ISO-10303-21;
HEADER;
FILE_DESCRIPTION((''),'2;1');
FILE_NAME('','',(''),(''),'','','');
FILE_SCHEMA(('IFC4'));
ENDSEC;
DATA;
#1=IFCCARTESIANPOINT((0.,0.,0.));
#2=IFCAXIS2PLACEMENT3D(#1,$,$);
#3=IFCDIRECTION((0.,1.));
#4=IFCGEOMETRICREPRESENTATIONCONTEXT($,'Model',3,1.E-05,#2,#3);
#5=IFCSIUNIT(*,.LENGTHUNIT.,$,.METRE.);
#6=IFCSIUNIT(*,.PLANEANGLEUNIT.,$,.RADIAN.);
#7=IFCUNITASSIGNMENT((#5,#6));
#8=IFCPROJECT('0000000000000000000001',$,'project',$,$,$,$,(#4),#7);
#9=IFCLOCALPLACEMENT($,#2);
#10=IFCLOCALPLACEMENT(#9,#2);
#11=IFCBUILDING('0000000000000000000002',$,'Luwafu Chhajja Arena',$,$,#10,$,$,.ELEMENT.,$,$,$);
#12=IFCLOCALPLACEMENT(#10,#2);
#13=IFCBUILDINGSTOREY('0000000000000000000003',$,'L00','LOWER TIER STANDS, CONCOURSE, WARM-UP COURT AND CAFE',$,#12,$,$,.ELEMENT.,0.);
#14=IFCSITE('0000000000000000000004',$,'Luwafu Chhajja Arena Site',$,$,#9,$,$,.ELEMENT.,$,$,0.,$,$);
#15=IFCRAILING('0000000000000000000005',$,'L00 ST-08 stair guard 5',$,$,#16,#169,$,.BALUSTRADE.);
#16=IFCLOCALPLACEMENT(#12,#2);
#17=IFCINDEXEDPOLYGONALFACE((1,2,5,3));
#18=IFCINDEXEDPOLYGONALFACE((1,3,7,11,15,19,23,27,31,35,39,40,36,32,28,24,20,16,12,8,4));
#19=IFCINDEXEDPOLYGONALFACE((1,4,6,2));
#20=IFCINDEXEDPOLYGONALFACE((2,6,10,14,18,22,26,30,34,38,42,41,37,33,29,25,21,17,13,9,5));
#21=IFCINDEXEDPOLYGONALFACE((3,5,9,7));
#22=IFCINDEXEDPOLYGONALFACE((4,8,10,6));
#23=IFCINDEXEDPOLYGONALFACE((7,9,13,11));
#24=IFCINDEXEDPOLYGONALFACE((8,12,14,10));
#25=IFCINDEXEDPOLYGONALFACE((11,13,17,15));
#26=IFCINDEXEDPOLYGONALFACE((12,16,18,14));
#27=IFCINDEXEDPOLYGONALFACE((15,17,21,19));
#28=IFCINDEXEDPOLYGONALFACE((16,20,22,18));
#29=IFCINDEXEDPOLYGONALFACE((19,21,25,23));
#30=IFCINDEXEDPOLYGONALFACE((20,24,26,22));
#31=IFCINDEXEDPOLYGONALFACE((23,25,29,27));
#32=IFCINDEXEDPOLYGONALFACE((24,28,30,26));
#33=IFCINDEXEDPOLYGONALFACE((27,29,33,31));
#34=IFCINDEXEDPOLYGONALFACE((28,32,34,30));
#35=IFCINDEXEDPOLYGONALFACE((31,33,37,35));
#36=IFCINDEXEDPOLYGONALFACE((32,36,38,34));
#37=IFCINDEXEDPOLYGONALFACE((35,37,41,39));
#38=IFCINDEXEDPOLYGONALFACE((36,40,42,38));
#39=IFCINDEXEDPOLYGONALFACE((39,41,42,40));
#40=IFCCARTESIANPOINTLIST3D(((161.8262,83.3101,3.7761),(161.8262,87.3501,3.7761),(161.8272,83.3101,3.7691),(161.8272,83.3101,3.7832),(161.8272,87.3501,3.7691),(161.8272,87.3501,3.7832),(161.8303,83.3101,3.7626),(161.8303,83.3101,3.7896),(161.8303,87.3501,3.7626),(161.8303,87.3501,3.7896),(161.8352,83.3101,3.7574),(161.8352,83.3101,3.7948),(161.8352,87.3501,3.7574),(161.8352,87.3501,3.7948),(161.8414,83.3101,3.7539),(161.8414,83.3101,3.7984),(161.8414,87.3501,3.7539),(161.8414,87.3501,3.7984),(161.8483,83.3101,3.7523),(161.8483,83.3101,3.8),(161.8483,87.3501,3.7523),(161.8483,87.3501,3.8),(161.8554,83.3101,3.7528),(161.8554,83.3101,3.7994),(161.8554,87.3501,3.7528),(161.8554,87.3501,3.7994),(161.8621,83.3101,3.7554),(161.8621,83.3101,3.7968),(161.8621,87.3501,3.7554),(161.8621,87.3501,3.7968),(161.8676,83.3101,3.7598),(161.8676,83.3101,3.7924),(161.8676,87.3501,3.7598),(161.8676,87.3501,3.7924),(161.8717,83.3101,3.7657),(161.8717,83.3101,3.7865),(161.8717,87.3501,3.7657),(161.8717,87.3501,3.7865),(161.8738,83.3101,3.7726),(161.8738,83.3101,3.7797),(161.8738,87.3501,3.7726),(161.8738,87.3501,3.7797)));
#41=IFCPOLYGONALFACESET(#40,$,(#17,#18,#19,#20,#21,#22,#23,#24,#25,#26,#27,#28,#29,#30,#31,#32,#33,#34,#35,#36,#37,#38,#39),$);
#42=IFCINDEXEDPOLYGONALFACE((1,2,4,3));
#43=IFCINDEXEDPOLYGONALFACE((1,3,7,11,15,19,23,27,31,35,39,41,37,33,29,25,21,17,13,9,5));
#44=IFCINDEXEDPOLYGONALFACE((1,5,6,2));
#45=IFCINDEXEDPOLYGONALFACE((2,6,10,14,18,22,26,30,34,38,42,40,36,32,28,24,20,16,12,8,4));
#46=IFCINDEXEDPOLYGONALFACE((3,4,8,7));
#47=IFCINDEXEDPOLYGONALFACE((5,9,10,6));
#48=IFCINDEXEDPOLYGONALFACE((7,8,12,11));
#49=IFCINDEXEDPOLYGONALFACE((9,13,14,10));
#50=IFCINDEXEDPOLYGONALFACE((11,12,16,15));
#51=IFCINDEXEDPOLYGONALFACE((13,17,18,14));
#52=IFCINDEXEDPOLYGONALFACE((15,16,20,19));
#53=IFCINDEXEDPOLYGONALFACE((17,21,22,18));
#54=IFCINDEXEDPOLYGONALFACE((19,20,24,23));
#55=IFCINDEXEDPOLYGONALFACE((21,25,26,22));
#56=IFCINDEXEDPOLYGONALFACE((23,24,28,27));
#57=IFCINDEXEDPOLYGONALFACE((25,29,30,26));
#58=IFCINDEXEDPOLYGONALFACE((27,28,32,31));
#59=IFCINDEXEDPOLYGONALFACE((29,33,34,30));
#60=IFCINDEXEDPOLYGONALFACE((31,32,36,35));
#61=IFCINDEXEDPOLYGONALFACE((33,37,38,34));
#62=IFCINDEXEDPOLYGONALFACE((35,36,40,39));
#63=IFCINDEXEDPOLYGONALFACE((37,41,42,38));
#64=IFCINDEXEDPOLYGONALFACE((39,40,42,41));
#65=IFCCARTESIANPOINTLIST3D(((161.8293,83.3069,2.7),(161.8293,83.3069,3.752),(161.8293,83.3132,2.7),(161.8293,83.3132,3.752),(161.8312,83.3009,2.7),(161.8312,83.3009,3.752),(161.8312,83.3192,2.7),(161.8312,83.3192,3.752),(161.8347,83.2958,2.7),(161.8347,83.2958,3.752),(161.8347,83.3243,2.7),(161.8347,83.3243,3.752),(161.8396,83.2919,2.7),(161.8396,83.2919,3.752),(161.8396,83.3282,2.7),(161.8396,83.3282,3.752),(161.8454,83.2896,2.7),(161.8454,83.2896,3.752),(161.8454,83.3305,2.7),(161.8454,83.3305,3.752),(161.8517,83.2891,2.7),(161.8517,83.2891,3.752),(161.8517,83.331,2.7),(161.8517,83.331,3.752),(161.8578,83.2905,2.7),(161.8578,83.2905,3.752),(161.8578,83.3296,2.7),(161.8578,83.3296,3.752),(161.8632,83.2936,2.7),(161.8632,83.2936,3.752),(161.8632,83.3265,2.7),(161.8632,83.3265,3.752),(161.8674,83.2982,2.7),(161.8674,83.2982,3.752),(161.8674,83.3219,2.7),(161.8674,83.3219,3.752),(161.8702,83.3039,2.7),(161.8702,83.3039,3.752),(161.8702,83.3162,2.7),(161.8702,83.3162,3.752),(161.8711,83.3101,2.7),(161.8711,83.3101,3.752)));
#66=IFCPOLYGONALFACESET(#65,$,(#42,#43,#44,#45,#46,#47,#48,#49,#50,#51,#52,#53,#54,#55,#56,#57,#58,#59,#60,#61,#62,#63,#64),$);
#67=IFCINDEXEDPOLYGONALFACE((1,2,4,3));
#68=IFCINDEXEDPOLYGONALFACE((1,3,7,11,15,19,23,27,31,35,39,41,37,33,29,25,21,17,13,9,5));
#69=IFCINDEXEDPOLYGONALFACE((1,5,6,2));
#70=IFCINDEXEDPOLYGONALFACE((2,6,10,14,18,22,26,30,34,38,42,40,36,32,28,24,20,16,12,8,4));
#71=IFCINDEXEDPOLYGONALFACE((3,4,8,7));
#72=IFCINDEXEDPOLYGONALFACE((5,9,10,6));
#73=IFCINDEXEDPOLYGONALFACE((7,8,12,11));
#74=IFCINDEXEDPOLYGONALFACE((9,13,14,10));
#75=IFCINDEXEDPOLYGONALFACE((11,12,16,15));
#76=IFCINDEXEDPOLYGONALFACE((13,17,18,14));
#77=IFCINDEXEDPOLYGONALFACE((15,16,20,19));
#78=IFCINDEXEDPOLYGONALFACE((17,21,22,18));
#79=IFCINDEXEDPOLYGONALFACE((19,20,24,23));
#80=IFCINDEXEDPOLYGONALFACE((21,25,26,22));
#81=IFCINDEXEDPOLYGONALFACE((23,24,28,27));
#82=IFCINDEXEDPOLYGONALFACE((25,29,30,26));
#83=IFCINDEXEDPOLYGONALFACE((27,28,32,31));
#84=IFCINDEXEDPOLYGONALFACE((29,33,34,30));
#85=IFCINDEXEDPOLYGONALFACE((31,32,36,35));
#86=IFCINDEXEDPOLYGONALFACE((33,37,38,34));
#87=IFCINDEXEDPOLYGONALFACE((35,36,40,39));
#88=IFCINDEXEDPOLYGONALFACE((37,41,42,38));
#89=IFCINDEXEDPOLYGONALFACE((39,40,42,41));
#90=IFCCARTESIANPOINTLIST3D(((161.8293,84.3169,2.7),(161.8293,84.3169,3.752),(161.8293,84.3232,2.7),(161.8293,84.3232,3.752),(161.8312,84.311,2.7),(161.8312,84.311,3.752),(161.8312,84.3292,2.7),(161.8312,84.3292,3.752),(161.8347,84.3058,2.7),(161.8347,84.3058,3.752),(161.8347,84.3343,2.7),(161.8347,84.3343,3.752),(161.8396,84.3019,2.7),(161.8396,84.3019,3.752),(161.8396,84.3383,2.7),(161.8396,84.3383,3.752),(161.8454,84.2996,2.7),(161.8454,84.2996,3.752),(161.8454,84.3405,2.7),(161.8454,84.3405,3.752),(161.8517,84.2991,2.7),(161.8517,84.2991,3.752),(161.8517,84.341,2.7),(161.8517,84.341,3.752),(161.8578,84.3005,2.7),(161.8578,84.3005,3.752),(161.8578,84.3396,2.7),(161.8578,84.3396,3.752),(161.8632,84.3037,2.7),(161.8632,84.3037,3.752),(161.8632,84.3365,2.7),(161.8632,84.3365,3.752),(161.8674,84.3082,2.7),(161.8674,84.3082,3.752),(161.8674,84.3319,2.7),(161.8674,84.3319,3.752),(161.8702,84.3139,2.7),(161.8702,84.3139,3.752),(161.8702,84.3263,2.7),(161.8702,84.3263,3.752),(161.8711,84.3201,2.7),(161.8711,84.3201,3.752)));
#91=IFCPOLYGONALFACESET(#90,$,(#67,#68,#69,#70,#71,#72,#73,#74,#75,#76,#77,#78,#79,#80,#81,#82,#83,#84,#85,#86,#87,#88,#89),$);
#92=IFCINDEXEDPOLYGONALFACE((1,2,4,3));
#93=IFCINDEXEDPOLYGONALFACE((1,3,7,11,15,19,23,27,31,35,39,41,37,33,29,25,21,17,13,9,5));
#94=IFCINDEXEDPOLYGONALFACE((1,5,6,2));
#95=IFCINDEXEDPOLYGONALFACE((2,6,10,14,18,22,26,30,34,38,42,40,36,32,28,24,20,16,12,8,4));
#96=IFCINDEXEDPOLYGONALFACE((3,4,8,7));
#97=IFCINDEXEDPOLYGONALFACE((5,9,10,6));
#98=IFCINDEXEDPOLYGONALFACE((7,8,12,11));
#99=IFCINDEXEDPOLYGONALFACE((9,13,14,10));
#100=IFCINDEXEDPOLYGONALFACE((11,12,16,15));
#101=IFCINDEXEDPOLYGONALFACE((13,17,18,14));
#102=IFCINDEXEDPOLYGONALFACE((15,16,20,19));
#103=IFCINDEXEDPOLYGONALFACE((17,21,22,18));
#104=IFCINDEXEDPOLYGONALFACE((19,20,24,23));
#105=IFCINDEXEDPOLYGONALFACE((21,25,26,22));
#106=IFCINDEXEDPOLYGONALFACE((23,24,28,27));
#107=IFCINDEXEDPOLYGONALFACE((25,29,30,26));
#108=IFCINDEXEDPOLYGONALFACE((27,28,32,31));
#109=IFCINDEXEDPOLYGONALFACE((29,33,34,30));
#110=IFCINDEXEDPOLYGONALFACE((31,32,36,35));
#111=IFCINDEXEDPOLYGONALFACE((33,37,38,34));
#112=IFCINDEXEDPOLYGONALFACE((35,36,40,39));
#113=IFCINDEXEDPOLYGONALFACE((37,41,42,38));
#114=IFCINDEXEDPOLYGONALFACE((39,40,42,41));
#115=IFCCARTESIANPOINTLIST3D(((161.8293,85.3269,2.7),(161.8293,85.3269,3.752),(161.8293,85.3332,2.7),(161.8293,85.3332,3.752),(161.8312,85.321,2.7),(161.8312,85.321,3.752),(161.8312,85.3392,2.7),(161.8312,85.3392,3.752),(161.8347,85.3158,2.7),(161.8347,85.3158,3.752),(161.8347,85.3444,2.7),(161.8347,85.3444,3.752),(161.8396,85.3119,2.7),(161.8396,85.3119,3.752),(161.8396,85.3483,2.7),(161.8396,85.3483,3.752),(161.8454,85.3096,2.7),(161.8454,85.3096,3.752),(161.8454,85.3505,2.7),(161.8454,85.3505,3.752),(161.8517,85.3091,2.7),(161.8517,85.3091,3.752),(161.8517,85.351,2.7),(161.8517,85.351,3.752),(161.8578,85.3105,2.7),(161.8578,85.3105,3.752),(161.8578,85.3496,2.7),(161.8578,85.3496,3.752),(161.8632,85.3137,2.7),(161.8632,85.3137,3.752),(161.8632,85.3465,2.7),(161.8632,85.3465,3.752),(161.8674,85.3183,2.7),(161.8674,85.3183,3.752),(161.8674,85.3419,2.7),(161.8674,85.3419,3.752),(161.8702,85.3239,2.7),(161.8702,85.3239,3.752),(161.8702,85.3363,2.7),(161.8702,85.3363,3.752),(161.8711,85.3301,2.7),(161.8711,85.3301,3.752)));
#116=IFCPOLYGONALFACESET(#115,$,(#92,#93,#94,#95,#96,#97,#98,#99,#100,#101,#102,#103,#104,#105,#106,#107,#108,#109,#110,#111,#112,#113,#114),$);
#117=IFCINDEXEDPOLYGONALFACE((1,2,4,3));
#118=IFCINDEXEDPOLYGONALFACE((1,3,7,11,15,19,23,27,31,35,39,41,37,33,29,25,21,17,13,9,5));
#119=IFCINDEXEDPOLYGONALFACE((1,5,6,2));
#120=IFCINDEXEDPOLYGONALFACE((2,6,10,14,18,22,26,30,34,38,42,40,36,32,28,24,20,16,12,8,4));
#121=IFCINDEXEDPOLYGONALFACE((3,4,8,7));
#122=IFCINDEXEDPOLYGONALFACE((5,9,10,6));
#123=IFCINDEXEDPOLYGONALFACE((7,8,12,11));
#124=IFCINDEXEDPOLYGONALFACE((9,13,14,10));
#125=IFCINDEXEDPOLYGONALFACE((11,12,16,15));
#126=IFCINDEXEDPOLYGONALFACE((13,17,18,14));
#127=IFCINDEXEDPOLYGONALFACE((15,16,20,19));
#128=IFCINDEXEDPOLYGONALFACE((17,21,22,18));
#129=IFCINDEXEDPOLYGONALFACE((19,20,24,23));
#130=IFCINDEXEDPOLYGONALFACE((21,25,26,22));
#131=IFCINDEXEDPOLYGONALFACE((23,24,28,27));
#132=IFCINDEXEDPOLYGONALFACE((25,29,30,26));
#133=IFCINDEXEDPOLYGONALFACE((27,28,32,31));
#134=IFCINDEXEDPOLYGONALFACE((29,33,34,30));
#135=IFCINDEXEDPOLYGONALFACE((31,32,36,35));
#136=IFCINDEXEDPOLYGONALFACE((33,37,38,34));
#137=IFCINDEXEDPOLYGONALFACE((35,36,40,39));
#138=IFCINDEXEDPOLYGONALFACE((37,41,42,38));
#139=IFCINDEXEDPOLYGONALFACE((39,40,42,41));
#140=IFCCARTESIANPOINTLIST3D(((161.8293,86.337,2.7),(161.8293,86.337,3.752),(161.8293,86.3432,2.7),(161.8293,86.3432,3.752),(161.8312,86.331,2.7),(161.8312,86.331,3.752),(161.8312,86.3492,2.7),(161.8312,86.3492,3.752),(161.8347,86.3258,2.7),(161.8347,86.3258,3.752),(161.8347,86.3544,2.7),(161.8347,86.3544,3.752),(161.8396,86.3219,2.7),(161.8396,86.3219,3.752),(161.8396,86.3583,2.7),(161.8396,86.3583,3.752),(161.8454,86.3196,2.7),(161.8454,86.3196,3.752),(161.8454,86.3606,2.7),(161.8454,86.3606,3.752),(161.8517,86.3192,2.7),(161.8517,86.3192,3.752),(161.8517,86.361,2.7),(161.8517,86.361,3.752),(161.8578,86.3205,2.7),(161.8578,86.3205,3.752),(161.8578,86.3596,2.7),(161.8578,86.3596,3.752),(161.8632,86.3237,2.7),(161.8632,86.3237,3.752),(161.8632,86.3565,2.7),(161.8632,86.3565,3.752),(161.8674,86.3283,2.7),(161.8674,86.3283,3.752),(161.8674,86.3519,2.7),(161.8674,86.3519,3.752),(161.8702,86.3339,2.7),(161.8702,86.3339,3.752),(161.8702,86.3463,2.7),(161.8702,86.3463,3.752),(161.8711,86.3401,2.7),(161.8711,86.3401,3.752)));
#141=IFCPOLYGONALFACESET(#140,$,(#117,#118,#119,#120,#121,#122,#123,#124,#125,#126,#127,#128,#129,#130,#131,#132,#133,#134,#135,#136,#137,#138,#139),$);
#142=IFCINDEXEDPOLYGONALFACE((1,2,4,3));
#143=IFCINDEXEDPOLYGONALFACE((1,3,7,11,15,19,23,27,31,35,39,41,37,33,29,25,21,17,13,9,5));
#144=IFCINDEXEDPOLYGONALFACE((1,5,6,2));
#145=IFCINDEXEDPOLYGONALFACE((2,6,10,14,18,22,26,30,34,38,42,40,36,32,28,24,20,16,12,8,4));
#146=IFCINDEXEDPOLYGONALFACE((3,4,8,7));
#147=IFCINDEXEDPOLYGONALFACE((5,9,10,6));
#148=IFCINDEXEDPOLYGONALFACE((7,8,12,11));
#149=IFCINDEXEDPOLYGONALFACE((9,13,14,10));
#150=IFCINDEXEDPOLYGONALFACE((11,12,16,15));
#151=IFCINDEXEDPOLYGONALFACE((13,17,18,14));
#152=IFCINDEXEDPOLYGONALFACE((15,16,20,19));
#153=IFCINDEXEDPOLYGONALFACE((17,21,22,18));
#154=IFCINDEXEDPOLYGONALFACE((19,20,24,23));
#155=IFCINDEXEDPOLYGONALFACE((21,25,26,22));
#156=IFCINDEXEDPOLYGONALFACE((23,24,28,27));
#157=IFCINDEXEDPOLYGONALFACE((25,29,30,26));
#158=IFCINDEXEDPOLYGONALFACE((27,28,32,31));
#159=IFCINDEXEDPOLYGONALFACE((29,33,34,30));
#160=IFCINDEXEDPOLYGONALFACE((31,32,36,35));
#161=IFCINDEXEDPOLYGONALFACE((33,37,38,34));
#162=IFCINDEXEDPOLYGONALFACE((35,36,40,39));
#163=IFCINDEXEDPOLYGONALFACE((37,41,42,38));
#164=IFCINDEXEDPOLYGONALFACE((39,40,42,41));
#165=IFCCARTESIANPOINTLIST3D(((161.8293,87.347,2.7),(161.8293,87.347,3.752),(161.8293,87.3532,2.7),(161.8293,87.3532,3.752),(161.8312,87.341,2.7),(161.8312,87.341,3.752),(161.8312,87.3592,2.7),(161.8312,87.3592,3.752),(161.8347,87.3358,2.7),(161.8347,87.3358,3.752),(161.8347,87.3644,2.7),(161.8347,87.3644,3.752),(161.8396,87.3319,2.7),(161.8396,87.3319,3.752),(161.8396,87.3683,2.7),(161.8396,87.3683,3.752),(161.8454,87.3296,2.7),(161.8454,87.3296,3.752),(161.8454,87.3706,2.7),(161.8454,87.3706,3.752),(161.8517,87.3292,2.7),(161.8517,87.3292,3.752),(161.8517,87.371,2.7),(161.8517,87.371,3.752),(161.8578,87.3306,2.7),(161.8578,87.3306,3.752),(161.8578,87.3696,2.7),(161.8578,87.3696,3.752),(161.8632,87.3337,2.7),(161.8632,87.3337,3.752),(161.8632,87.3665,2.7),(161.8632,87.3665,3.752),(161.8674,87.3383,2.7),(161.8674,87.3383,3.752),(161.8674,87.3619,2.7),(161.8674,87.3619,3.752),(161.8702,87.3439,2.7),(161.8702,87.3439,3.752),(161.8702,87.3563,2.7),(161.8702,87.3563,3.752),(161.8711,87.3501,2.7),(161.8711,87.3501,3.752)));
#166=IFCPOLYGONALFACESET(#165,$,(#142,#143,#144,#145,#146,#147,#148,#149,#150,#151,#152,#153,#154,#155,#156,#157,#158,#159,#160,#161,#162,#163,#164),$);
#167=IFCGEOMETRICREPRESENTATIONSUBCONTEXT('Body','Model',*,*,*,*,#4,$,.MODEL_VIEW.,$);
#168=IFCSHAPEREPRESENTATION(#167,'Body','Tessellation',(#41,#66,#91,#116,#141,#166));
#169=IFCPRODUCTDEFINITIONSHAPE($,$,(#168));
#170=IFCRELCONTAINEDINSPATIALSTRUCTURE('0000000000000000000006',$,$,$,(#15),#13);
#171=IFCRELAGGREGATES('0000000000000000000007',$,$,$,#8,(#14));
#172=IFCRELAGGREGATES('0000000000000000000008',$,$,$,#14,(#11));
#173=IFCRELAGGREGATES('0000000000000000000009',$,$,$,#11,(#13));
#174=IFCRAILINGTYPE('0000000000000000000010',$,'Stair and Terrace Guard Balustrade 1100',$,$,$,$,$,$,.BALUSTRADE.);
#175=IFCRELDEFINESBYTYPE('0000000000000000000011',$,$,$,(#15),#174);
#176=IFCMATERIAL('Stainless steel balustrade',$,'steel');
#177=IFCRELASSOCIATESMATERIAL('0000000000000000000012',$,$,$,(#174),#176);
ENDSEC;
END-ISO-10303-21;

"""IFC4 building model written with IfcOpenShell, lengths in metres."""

from ifc_helpers import new_model, si_unit, direction, frame, origin, origin_2d, place, context, subcontext, project, spatial, circle, extrude, material, type_object, element, save


model = new_model("IFC4")

# Units and contexts
model_context = context("Model", 3, precision=1e-05, world=origin(), true_north=direction((0.0, 1.0)))
body_context = subcontext(model_context, "Body", "Model", "MODEL_VIEW")
ifc_project = project(units=[si_unit("LENGTHUNIT", "METRE"), si_unit("PLANEANGLEUNIT", "RADIAN")], contexts=[model_context])

# Site, building, storey
site_placement = place(None, origin())
site = spatial("IfcSite", under=ifc_project, at=site_placement, Name="Luwafu Chhajja Arena Site", CompositionType="ELEMENT", RefElevation=0.0)
building_placement = place(site_placement, origin())
building = spatial("IfcBuilding", under=site, at=building_placement, Name="Luwafu Chhajja Arena", CompositionType="ELEMENT")
storey_placement = place(building_placement, origin())
storey = spatial("IfcBuildingStorey", under=building, at=storey_placement, Name="L00", Description="LOWER TIER STANDS, CONCOURSE, WARM-UP COURT AND CAFE", CompositionType="ELEMENT", Elevation=0.0)

# Railing
ifc_material_1 = material(Name="Stainless steel balustrade", Category="steel")
railing_type_1 = type_object("IfcRailingType", Name="Stair and Terrace Guard Balustrade 1100", PredefinedType="BALUSTRADE", material=ifc_material_1)
railing_1_placement = place(storey_placement, frame((161.8501, 83.3101, 2.7)))
element("IfcRailing", 1, at=railing_1_placement, inside=storey, type_object=railing_type_1, Name="L00 ST-08 stair guard 5", PredefinedType="BALUSTRADE", context=body_context, shape_type="SweptSolid", body=[
    extrude(circle(Radius=0.0239, at=origin_2d()), frame((0.0, 0.0, 1.0762), z_axis=(0.0, 1.0, 0.0), x_axis=(-1.0, 0.0, 0.0)), (0.0, 0.0, 1.0), 4.04),
    extrude(circle(Radius=0.021, at=origin_2d()), origin(), (0.0, 0.0, 1.0), 1.052),
    extrude(circle(Radius=0.021, at=origin_2d()), frame((0.0, 1.01, 0.0)), (0.0, 0.0, 1.0), 1.052),
    extrude(circle(Radius=0.021, at=origin_2d()), frame((0.0, 2.02, 0.0)), (0.0, 0.0, 1.0), 1.052),
    extrude(circle(Radius=0.021, at=origin_2d()), frame((0.0, 3.03, 0.0)), (0.0, 0.0, 1.0), 1.052),
    extrude(circle(Radius=0.021, at=origin_2d()), frame((0.0, 4.04, 0.0)), (0.0, 0.0, 1.0), 1.052),
])

save(model, "model.ifc")
